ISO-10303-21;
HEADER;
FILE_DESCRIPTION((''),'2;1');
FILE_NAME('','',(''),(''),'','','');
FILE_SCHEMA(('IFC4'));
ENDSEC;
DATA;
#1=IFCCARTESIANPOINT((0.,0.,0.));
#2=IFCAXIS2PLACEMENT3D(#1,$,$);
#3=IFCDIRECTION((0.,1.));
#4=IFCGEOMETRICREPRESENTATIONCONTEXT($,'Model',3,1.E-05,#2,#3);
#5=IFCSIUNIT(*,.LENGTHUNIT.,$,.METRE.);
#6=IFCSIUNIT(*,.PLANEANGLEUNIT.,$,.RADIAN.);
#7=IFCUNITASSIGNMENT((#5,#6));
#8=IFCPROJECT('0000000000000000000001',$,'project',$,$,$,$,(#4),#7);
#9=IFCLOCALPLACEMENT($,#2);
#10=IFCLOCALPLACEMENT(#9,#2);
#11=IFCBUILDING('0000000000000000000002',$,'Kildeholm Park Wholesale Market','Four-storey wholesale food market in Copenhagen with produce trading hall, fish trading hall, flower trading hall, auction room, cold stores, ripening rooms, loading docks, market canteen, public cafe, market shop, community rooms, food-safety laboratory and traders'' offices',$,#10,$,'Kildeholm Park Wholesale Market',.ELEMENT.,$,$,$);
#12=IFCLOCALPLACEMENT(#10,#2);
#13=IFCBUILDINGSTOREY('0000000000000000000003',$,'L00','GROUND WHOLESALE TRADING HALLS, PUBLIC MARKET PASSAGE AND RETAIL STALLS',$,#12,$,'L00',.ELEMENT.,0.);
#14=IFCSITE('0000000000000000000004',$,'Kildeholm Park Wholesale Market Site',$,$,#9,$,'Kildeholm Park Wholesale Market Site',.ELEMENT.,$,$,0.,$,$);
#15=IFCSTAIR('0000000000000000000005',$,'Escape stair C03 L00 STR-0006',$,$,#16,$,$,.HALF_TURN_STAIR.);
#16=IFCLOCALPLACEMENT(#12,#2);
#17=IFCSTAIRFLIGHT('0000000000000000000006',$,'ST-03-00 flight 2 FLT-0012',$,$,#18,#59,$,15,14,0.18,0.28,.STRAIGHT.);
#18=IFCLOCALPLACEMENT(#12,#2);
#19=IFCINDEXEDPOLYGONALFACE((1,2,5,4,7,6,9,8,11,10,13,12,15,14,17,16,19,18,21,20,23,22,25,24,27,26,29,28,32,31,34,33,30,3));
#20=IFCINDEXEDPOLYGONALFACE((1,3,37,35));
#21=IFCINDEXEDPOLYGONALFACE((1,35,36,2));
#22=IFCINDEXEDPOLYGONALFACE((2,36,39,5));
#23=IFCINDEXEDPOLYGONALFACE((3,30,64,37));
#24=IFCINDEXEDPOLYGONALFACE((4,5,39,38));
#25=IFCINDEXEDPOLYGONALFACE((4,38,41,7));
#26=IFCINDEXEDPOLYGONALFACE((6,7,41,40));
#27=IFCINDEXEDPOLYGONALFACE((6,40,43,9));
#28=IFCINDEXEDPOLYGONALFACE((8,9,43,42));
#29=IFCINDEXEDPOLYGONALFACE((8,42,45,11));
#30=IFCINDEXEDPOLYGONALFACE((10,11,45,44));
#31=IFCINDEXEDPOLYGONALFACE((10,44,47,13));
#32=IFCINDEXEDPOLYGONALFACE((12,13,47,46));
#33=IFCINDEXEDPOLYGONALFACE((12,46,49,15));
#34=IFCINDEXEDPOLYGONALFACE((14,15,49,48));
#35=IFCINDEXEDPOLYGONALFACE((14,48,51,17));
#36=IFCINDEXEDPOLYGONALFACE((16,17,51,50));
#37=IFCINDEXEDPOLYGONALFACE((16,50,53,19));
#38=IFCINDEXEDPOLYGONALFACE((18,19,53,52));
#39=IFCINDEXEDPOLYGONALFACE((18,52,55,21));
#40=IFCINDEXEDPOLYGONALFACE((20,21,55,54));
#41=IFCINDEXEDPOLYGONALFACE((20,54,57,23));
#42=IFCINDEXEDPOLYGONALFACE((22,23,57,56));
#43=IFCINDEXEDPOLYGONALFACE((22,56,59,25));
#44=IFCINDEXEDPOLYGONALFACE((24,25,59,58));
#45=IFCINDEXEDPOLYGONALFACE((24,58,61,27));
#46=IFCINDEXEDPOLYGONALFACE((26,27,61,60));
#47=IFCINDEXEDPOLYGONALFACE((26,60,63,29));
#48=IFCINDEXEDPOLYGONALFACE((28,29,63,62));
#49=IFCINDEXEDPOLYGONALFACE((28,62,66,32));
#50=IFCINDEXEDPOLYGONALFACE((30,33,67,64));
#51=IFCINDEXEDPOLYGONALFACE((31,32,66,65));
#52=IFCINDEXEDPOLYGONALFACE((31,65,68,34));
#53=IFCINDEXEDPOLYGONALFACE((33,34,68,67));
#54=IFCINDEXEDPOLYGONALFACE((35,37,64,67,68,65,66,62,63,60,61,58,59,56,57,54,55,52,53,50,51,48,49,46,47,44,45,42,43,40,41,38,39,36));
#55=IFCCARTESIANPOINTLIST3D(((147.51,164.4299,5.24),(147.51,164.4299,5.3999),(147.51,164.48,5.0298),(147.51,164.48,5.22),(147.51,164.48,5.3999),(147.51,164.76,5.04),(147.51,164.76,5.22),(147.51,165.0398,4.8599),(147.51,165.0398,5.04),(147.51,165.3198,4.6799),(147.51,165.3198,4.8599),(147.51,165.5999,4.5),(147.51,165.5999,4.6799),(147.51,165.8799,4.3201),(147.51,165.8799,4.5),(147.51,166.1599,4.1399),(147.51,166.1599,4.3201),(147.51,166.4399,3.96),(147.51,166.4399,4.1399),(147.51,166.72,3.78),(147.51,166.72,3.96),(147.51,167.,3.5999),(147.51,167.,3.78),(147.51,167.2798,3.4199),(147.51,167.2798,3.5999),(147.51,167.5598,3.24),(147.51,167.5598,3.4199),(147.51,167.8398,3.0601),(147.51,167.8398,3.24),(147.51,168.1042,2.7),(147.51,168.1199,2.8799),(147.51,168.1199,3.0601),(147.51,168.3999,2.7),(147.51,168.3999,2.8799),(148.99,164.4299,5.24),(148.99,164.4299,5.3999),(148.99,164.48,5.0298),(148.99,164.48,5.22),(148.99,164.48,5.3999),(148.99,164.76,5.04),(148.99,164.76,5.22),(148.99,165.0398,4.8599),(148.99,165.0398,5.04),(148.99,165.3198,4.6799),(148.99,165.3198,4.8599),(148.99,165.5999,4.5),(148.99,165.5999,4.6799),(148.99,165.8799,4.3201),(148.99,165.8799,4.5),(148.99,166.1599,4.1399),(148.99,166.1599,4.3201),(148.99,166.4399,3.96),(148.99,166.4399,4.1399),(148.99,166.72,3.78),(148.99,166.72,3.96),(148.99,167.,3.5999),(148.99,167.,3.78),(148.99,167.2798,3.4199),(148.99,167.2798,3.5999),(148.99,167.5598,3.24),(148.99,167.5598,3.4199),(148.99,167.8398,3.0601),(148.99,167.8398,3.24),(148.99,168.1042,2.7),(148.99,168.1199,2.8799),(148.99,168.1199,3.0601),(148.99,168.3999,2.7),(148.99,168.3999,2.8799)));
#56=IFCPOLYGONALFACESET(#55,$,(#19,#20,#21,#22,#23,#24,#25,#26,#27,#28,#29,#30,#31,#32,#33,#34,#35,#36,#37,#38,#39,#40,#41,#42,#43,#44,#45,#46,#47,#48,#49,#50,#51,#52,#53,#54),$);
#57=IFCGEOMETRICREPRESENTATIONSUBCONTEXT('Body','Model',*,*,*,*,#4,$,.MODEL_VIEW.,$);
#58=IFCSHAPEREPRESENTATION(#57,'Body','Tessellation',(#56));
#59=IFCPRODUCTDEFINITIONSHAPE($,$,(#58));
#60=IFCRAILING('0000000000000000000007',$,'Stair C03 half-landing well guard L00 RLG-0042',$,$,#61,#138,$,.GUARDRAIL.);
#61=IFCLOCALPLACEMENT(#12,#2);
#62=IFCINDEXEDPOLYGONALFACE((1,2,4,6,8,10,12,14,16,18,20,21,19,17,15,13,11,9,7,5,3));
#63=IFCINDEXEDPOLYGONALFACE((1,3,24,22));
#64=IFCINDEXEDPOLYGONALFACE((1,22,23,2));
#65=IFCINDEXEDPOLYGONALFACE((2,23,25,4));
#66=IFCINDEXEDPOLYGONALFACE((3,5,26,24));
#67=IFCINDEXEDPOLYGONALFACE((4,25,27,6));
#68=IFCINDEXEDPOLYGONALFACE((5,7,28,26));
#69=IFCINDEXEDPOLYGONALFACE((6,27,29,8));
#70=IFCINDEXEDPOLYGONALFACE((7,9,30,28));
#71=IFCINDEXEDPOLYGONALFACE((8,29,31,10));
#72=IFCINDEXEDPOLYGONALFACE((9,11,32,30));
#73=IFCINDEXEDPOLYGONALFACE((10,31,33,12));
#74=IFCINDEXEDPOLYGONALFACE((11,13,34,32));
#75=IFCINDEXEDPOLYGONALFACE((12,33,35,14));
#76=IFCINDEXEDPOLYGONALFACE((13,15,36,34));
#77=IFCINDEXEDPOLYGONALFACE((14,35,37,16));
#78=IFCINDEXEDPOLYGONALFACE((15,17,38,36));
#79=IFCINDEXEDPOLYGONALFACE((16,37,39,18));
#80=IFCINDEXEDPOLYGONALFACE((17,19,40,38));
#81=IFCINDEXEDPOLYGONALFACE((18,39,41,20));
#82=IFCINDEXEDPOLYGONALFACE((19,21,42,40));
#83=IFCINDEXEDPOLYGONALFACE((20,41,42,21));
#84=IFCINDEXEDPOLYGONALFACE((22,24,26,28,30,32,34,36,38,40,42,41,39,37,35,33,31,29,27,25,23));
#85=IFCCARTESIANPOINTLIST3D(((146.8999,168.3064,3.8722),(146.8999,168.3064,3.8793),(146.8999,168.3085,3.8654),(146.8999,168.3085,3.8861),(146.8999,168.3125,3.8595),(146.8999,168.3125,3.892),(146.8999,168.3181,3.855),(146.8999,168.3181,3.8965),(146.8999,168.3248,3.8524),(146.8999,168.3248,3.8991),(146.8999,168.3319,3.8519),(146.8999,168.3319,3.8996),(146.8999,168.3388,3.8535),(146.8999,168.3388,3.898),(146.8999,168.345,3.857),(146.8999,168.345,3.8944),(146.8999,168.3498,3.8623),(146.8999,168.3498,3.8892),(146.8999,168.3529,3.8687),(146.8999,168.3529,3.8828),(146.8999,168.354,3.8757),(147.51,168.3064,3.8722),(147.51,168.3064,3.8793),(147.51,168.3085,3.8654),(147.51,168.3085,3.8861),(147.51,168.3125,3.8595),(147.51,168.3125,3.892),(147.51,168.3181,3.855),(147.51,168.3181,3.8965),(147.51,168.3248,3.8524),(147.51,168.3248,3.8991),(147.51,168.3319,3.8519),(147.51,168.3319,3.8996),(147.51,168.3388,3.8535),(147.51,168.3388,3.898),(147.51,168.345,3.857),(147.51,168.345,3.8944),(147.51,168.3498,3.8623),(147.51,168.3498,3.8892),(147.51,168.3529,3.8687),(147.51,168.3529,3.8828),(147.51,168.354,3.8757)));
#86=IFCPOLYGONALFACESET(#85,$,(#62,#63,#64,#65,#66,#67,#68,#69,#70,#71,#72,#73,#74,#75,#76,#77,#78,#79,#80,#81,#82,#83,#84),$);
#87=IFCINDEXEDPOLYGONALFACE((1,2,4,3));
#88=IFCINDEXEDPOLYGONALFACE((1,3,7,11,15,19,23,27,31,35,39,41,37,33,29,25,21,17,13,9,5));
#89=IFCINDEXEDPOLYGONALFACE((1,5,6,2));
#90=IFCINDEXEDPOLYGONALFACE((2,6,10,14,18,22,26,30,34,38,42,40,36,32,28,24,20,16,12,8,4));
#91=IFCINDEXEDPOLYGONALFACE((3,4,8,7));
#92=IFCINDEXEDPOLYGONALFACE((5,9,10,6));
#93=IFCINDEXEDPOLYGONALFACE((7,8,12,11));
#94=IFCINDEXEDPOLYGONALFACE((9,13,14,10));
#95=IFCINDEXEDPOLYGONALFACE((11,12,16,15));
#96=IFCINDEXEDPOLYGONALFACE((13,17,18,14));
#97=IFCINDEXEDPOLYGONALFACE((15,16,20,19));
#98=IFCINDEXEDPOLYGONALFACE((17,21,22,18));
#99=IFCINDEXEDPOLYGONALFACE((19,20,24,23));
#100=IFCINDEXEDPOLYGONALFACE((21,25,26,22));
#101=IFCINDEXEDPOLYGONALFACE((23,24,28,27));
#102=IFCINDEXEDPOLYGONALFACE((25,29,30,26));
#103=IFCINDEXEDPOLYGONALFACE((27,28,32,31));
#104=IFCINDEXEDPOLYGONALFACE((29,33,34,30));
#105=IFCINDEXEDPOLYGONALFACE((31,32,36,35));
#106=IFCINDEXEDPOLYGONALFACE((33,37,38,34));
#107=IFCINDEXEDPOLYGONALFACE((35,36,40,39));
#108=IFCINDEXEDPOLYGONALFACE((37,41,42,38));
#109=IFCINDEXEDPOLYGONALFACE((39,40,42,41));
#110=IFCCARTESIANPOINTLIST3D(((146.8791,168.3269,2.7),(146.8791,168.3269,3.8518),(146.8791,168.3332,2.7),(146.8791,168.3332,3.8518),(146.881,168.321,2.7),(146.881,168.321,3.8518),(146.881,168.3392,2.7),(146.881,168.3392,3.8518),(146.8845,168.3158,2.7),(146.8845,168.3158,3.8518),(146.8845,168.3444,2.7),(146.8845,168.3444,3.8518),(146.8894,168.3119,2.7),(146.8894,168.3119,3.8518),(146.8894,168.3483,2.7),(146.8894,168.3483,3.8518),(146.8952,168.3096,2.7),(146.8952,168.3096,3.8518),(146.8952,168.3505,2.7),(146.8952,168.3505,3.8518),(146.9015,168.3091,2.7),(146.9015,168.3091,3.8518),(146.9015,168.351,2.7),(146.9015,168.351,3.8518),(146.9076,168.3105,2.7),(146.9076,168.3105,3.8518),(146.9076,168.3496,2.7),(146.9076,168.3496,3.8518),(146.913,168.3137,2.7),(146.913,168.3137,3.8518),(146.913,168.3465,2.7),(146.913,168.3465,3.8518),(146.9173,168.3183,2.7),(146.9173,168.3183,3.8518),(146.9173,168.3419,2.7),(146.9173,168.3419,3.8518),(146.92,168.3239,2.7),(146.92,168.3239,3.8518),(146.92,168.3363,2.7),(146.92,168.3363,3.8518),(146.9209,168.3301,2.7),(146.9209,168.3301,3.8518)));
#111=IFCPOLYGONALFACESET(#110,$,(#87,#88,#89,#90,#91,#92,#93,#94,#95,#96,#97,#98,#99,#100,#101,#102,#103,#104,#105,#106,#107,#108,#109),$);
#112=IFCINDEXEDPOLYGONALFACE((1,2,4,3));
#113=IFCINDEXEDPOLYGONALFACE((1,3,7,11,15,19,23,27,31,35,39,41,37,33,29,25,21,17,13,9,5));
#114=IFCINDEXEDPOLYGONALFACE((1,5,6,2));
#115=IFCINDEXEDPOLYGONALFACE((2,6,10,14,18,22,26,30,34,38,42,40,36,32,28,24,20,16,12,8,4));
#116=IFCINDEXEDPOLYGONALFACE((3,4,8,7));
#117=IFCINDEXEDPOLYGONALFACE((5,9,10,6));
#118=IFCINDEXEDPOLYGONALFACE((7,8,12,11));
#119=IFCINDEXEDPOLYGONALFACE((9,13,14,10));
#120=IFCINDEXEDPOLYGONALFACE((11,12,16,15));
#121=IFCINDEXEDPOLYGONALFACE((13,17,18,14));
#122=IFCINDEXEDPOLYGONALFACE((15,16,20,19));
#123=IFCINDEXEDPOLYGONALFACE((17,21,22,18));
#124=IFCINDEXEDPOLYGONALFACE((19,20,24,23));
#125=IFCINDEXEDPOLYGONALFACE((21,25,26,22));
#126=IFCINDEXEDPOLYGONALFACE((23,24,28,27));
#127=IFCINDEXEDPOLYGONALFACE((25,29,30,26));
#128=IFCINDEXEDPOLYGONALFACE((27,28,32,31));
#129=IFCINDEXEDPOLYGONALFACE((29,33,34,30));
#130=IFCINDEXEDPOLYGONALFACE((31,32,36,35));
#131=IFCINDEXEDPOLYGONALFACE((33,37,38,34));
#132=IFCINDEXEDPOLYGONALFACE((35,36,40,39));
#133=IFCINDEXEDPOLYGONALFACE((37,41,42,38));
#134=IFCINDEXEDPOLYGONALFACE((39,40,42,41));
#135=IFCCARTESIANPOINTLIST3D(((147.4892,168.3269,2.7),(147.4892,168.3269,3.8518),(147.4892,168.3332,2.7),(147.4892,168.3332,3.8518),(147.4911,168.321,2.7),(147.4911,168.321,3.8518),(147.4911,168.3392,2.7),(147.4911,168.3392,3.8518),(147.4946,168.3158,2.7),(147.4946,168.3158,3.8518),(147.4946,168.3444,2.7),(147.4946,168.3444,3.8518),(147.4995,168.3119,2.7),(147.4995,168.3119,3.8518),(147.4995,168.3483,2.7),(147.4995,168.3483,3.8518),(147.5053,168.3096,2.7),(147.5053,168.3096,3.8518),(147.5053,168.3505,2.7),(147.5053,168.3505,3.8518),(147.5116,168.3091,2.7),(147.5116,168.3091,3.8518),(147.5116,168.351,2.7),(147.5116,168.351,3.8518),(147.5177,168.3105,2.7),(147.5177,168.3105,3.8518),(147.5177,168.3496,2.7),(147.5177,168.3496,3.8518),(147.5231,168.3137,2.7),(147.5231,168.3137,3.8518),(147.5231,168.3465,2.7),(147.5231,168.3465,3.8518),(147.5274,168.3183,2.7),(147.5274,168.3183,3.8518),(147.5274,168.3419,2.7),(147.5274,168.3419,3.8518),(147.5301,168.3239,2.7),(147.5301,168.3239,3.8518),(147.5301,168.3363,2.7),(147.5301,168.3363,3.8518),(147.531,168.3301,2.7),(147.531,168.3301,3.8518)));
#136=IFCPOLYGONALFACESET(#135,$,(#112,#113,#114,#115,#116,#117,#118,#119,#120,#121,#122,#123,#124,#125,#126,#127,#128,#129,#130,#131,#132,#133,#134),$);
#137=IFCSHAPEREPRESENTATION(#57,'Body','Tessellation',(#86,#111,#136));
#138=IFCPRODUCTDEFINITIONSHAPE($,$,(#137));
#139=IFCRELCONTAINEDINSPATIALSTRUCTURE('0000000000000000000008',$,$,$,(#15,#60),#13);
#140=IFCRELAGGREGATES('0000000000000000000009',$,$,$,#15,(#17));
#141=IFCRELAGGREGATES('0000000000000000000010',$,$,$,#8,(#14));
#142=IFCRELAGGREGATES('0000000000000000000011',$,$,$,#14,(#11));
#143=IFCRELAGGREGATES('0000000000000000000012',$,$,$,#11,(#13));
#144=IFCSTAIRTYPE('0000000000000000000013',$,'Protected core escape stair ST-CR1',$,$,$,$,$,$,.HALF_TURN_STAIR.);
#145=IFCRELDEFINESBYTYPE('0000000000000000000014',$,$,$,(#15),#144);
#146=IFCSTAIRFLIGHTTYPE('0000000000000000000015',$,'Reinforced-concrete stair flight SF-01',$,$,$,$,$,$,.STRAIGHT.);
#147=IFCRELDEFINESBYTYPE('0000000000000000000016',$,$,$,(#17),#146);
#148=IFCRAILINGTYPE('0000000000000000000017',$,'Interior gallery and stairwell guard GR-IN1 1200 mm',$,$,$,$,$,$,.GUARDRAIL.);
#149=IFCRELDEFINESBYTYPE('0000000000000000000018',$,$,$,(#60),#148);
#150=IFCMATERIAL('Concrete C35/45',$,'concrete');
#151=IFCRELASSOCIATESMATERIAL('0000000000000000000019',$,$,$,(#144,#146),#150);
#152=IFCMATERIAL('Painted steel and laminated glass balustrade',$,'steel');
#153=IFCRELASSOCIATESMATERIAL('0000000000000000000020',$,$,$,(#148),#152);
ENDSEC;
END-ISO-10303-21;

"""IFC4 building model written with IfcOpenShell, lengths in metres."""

from ifc_helpers import new_model, si_unit, direction, frame, origin, origin_2d, place, context, subcontext, project, spatial, polyline, circle, outline, extrude, material, type_object, element, aggregate, save


model = new_model("IFC4")

# Units and contexts
model_context = context("Model", 3, precision=1e-05, world=origin(), true_north=direction((0.0, 1.0)))
body_context = subcontext(model_context, "Body", "Model", "MODEL_VIEW")
ifc_project = project(units=[si_unit("LENGTHUNIT", "METRE"), si_unit("PLANEANGLEUNIT", "RADIAN")], contexts=[model_context])

# Site, building, storey
site_placement = place(None, origin())
site = spatial("IfcSite", under=ifc_project, at=site_placement, Name="Kildeholm Park Wholesale Market Site", LongName="Kildeholm Park Wholesale Market Site", CompositionType="ELEMENT", RefElevation=0.0)
building_placement = place(site_placement, origin())
building = spatial("IfcBuilding", under=site, at=building_placement, Name="Kildeholm Park Wholesale Market", Description="Four-storey wholesale food market in Copenhagen with produce trading hall, fish trading hall, flower trading hall, auction room, cold stores, ripening rooms, loading docks, market canteen, public cafe, market shop, community rooms, food-safety laboratory and traders' offices", LongName="Kildeholm Park Wholesale Market", CompositionType="ELEMENT")
storey_placement = place(building_placement, origin())
storey = spatial("IfcBuildingStorey", under=building, at=storey_placement, Name="L00", Description="GROUND WHOLESALE TRADING HALLS, PUBLIC MARKET PASSAGE AND RETAIL STALLS", LongName="L00", CompositionType="ELEMENT", Elevation=0.0)

# Shared definitions
ifc_material_1 = material(Name="Concrete C35/45", Category="concrete")

# Stair, stair flight
stair_type = type_object("IfcStairType", Name="Protected core escape stair ST-CR1", PredefinedType="HALF_TURN_STAIR", material=ifc_material_1)
stair_placement = place(storey_placement, origin())
stair = element("IfcStair", 1, at=stair_placement, inside=storey, type_object=stair_type, Name="Escape stair C03 L00 STR-0006", PredefinedType="HALF_TURN_STAIR")
stair_flight_type = type_object("IfcStairFlightType", Name="Reinforced-concrete stair flight SF-01", PredefinedType="STRAIGHT", material=ifc_material_1)
stair_flight_1_placement = place(storey_placement, frame((148.25, 168.3999, 2.7), z_axis=(0.0, 0.0, 1.0), x_axis=(0.0, -1.0, 0.0)))
stair_flight_1 = element("IfcStairFlight", 2, at=stair_flight_1_placement, type_object=stair_flight_type, Name="ST-03-00 flight 2 FLT-0012", NumberOfRisers=15, NumberOfTreads=14, PredefinedType="STRAIGHT", RiserHeight=0.18, TreadLength=0.28, context=body_context, shape_type="SweptSolid", body=[
    extrude(outline(polyline([(0.0, 0.0), (0.0, 0.1799), (0.28, 0.1799), (0.28, 0.3601), (0.5601, 0.3601), (0.5601, 0.54), (0.8401, 0.54), (0.8401, 0.72), (1.1201, 0.72), (1.1201, 0.8999), (1.3999, 0.8999), (1.3999, 1.0801), (1.6799, 1.0801), (1.6799, 1.26), (1.96, 1.26), (1.96, 1.4399), (2.24, 1.4399), (2.24, 1.6201), (2.52, 1.6201), (2.52, 1.8), (2.8, 1.8), (2.8, 1.98), (3.0801, 1.98), (3.0801, 2.1599), (3.3601, 2.1599), (3.3601, 2.3401), (3.6399, 2.3401), (3.6399, 2.52), (3.9199, 2.52), (3.9199, 2.7), (3.97, 2.7), (3.97, 2.54), (3.9199, 2.3298), (0.2957, 0.0), (0.0, 0.0)])), frame((0.0, 0.74, 0.0), z_axis=(0.0, -1.0, 0.0), x_axis=(1.0, 0.0, 0.0)), (0.0, 0.0, 1.0), 1.48),
])
aggregate(stair, [stair_flight_1])

# Railing
ifc_material_2 = material(Name="Painted steel and laminated glass balustrade", Category="steel")
railing_type_1 = type_object("IfcRailingType", Name="Interior gallery and stairwell guard GR-IN1 1200 mm", PredefinedType="GUARDRAIL", material=ifc_material_2)
railing_1_placement = place(storey_placement, frame((146.8999, 168.3301, 2.7)))
element("IfcRailing", 3, at=railing_1_placement, inside=storey, type_object=railing_type_1, Name="Stair C03 half-landing well guard L00 RLG-0042", PredefinedType="GUARDRAIL", context=body_context, shape_type="SweptSolid", body=[
    extrude(circle(Radius=0.0239, at=origin_2d()), frame((0.0, 0.0, 1.1758), z_axis=(1.0, 0.0, 0.0), x_axis=(0.0, 1.0, 0.0)), (0.0, 0.0, 1.0), 0.6101),
    extrude(circle(Radius=0.021, at=origin_2d()), origin(), (0.0, 0.0, 1.0), 1.1519),
    extrude(circle(Radius=0.021, at=origin_2d()), frame((0.6101, 0.0, 0.0)), (0.0, 0.0, 1.0), 1.1519),
])

save(model, "model.ifc")
